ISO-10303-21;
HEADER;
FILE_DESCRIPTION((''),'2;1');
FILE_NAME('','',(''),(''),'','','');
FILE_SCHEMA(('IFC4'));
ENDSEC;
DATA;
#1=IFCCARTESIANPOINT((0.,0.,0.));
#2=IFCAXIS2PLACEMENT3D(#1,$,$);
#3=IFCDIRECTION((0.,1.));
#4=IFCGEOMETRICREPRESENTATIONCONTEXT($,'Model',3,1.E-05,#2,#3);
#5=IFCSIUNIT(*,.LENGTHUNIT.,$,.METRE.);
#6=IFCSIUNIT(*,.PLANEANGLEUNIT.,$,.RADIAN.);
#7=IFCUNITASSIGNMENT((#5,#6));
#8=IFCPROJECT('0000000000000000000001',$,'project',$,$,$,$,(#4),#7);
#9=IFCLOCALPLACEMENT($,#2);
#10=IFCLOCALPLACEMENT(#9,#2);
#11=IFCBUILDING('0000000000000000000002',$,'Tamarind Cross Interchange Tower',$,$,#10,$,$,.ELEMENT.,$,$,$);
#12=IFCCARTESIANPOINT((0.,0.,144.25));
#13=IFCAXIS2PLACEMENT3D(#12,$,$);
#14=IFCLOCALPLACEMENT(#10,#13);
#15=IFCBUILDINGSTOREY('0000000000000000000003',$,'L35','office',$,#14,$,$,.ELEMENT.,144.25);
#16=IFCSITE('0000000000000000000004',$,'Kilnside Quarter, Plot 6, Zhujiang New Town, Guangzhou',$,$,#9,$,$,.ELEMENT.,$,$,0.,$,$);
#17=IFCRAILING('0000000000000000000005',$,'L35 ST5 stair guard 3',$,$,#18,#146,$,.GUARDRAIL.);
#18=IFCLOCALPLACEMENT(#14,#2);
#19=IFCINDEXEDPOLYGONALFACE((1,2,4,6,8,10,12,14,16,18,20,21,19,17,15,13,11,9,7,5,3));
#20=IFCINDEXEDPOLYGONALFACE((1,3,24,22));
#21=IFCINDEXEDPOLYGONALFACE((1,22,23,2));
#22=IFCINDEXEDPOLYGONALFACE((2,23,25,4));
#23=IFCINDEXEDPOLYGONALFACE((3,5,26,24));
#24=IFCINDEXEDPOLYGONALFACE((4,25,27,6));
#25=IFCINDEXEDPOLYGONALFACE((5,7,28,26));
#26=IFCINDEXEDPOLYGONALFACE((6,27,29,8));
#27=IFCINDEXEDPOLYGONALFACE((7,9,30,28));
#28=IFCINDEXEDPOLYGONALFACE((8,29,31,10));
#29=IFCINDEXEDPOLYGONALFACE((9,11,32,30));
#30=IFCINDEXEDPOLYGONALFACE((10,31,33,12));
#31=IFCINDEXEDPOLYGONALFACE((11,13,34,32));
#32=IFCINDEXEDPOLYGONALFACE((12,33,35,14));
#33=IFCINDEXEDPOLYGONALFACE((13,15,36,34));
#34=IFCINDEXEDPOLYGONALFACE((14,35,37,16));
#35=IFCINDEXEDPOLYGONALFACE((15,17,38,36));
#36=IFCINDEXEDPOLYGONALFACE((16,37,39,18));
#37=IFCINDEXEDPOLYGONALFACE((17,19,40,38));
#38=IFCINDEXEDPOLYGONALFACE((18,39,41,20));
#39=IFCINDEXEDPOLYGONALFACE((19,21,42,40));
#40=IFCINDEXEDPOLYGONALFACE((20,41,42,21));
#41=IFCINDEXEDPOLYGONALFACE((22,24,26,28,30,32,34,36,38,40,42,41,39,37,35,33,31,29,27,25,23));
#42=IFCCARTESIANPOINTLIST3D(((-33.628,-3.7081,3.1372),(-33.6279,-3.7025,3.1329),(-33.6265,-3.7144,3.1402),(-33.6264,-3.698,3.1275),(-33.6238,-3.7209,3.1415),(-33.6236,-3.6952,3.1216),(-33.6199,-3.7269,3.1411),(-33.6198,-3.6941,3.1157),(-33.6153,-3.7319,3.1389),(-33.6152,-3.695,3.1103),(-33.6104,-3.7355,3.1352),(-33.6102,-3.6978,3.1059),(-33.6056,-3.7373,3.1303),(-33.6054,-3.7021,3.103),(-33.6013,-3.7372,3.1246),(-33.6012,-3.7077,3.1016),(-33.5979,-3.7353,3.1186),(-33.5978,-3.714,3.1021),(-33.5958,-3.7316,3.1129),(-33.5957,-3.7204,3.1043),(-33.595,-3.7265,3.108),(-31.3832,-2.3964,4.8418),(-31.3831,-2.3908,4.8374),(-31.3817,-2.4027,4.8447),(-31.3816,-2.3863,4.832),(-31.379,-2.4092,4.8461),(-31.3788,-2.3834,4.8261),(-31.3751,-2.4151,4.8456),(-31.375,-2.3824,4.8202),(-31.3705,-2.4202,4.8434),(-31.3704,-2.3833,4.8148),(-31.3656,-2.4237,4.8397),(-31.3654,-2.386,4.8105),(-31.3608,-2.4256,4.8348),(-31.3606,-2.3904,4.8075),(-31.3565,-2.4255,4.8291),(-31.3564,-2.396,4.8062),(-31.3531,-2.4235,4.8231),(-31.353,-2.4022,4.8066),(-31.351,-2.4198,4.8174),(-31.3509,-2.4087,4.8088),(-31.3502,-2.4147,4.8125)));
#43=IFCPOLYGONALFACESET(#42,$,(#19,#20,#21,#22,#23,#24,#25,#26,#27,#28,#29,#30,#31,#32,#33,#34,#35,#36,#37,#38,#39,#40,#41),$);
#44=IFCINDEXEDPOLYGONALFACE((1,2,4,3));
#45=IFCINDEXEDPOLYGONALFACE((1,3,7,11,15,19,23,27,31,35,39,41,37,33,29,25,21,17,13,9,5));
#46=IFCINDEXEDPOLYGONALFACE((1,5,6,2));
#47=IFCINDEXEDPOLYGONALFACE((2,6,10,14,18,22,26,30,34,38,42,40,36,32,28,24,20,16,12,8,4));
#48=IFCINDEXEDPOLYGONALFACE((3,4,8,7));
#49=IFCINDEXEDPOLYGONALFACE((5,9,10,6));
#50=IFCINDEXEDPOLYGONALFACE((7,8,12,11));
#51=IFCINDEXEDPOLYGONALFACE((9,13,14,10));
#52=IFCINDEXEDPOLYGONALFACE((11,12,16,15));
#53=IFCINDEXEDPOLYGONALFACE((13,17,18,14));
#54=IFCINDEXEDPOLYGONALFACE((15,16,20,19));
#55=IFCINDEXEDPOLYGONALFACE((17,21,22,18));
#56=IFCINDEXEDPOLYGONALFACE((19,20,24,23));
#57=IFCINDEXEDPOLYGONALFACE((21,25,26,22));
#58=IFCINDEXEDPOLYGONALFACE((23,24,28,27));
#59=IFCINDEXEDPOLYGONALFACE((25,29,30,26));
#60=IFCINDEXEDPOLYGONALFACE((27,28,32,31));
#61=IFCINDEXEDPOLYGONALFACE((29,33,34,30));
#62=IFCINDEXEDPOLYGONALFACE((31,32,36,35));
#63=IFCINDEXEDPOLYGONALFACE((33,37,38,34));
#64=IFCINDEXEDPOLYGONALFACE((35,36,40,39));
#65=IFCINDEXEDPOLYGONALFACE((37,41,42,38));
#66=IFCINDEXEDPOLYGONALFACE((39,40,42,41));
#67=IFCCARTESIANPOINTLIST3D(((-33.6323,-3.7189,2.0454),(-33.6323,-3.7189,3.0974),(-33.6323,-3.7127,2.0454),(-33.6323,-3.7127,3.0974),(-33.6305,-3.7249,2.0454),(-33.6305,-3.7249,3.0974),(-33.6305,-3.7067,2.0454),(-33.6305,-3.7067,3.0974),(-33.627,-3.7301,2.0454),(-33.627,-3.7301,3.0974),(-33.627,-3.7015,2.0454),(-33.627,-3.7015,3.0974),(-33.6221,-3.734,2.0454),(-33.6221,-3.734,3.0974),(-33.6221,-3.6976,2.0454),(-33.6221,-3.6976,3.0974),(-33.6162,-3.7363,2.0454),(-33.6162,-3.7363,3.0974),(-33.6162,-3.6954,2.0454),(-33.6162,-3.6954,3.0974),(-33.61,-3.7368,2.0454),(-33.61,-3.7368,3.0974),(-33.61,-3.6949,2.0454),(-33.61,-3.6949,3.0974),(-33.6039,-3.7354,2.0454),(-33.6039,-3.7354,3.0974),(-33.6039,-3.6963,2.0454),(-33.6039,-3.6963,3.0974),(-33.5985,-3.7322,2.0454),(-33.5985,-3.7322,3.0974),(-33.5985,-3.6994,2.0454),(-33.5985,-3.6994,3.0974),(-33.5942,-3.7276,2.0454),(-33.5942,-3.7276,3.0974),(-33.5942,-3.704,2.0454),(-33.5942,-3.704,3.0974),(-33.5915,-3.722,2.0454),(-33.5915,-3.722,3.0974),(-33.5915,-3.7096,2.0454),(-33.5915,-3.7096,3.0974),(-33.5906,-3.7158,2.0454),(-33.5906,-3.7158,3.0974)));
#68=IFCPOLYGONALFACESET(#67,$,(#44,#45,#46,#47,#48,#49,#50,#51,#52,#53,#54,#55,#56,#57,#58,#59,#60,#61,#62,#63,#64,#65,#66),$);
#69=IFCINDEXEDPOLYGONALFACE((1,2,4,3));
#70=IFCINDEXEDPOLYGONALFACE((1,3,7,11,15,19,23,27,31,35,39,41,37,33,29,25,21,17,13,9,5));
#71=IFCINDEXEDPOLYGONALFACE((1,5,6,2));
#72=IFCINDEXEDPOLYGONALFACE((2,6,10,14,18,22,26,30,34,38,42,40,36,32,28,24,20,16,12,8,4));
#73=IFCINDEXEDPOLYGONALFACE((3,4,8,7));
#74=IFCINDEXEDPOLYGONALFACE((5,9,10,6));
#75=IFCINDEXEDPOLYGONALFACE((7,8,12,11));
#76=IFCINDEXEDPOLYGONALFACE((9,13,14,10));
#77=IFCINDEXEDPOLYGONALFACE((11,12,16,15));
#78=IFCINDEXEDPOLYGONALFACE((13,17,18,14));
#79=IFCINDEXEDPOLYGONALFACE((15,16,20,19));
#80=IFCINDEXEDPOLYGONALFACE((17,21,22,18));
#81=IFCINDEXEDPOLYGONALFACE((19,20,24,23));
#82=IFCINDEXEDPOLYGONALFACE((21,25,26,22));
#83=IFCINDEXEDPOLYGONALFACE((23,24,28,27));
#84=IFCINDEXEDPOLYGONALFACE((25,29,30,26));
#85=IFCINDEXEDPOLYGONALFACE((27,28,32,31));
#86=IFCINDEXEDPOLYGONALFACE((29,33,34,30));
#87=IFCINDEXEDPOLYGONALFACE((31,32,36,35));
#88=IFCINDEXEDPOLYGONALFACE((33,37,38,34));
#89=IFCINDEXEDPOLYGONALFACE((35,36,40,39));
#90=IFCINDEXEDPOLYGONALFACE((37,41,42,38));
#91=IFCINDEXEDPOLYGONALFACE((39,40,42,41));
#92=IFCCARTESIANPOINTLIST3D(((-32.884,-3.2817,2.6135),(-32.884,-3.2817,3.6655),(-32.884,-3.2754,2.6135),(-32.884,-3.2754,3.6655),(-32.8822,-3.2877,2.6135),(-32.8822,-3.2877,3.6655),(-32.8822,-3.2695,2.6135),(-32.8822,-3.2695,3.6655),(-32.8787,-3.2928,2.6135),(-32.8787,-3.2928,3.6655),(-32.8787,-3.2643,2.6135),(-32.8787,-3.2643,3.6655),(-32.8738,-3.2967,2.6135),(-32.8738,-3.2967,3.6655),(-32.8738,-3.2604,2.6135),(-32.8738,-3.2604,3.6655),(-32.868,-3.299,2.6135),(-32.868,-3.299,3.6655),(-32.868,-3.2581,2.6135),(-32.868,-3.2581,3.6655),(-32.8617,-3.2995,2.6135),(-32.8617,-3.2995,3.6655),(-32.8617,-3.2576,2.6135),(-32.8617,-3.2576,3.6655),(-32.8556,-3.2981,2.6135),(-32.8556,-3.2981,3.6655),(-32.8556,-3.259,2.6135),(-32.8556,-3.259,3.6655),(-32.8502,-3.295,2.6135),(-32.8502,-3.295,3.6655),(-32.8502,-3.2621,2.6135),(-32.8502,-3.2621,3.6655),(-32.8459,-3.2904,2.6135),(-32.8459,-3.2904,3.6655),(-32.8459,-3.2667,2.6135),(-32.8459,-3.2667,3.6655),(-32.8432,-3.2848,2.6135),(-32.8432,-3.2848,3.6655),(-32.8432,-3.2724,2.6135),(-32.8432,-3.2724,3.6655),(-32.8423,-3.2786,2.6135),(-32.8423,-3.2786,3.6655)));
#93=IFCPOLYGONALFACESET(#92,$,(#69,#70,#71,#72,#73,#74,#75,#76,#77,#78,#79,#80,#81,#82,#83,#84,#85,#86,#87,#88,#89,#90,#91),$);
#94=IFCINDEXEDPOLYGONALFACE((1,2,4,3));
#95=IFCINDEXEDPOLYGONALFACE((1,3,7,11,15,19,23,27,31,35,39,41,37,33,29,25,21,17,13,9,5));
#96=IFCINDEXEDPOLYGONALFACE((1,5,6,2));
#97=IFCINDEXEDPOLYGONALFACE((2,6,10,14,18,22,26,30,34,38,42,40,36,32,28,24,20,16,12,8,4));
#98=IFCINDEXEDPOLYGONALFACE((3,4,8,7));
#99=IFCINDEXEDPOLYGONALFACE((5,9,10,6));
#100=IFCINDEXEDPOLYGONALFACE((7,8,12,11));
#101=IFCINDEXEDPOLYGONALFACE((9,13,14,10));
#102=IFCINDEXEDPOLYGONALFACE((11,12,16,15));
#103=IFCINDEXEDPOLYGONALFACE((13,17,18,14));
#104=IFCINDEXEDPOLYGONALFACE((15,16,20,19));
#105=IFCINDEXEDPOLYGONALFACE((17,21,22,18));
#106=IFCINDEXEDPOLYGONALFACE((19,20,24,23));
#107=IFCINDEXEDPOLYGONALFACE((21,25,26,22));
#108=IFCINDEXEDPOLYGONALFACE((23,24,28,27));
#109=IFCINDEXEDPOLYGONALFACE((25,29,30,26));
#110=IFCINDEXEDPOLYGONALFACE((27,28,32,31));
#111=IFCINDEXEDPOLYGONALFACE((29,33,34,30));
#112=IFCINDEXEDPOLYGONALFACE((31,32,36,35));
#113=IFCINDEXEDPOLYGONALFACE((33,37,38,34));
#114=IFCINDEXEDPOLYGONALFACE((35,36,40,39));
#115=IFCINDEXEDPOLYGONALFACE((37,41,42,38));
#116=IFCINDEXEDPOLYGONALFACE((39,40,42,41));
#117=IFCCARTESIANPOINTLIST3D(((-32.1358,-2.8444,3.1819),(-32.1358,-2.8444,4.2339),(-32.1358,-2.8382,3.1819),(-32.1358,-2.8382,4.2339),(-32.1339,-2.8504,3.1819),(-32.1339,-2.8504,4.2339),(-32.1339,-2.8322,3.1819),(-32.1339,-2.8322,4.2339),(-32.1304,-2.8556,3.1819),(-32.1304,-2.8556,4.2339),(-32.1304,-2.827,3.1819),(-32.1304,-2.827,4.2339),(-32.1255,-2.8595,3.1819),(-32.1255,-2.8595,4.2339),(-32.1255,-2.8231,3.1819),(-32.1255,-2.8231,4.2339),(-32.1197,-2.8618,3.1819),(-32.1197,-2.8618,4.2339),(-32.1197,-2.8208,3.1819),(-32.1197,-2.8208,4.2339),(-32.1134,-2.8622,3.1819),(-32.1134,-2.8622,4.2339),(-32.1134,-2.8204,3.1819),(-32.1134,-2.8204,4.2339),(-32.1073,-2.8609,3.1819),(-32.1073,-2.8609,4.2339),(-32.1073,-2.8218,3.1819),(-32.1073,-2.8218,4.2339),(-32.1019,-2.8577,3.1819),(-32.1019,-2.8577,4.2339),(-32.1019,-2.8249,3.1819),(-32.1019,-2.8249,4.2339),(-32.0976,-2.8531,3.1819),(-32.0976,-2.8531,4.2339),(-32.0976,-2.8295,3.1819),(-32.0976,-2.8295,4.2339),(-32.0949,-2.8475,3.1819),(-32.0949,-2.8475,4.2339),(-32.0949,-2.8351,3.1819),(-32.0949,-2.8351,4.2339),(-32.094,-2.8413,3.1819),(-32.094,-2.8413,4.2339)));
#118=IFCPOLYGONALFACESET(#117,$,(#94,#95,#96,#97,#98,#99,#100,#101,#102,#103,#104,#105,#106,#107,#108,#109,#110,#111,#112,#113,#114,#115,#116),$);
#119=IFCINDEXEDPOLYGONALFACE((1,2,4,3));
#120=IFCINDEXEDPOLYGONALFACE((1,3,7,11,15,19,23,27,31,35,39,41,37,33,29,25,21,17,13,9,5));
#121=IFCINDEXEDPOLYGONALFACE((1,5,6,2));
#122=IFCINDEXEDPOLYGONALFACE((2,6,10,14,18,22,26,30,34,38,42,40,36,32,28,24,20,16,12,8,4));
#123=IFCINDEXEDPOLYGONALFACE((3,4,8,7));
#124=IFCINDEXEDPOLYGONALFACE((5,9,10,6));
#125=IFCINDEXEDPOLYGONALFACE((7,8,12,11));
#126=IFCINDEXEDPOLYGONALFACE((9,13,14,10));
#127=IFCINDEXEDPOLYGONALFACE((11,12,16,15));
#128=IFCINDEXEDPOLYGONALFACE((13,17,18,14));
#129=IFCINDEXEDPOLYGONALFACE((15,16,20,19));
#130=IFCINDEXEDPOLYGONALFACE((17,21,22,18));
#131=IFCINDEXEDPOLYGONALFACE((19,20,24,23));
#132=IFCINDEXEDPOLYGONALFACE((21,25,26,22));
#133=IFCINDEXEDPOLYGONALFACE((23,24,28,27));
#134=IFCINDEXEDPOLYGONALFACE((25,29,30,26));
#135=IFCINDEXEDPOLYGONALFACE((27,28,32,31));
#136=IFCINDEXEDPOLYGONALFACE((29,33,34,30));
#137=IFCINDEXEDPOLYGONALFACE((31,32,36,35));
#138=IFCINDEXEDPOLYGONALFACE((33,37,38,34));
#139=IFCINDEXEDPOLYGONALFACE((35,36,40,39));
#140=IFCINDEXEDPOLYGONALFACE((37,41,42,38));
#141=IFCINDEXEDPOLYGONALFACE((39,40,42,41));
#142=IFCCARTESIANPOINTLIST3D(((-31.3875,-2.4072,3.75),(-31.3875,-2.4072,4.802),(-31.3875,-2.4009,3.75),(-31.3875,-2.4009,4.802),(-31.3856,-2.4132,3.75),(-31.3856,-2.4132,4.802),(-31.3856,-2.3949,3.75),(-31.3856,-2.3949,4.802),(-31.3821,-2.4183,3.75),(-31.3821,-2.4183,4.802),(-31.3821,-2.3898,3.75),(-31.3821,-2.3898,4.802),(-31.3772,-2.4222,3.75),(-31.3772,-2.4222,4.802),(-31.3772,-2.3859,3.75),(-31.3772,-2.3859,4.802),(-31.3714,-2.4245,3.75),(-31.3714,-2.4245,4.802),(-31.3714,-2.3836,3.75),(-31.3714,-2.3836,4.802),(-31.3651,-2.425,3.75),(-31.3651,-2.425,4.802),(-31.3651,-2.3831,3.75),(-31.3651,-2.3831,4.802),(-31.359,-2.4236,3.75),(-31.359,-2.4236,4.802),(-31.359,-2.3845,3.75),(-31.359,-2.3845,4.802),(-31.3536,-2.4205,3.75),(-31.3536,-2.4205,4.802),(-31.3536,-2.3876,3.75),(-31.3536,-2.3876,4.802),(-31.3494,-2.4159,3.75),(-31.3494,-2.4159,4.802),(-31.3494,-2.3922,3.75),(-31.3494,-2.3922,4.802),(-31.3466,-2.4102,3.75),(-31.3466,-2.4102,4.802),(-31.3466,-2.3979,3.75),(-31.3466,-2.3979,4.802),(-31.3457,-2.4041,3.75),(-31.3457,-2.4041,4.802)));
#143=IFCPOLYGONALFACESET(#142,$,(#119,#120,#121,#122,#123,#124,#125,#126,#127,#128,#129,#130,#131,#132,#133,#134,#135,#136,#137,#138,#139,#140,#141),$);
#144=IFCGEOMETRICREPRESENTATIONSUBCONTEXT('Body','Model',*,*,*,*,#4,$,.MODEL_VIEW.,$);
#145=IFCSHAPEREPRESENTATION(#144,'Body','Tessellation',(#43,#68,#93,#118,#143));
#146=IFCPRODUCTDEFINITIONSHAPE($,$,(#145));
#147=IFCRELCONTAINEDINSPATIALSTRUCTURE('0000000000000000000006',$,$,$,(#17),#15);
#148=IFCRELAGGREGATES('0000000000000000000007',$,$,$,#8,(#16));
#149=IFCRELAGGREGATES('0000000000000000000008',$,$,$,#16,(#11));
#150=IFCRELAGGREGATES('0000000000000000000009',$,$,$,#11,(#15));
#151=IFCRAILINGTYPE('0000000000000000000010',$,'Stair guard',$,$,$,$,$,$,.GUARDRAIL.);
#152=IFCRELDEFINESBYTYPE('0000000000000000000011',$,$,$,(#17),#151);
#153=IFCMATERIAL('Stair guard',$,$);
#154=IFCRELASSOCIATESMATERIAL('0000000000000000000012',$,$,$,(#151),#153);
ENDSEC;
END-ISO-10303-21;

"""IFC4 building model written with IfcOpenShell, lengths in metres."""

from ifc_helpers import new_model, si_unit, direction, frame, origin, origin_2d, place, context, subcontext, project, spatial, circle, extrude, material, type_object, element, save


model = new_model("IFC4")

# Units and contexts
model_context = context("Model", 3, precision=1e-05, world=origin(), true_north=direction((0.0, 1.0)))
body_context = subcontext(model_context, "Body", "Model", "MODEL_VIEW")
ifc_project = project(units=[si_unit("LENGTHUNIT", "METRE"), si_unit("PLANEANGLEUNIT", "RADIAN")], contexts=[model_context])

# Site, building, storey
site_placement = place(None, origin())
site = spatial("IfcSite", under=ifc_project, at=site_placement, Name="Kilnside Quarter, Plot 6, Zhujiang New Town, Guangzhou", CompositionType="ELEMENT", RefElevation=0.0)
building_placement = place(site_placement, origin())
building = spatial("IfcBuilding", under=site, at=building_placement, Name="Tamarind Cross Interchange Tower", CompositionType="ELEMENT")
storey_placement = place(building_placement, frame((0.0, 0.0, 144.25)))
storey = spatial("IfcBuildingStorey", under=building, at=storey_placement, Name="L35", Description="office", CompositionType="ELEMENT", Elevation=144.25)

# Railing
ifc_material_1 = material(Name="Stair guard")
railing_type_1 = type_object("IfcRailingType", Name="Stair guard", PredefinedType="GUARDRAIL", material=ifc_material_1)
railing_1_placement = place(storey_placement, frame((-33.6116, -3.7158, 2.0454)))
element("IfcRailing", 1, at=railing_1_placement, inside=storey, type_object=railing_type_1, Name="L35 ST5 stair guard 3", PredefinedType="GUARDRAIL", context=body_context, shape_type="SweptSolid", body=[
    extrude(circle(Radius=0.0239, at=origin_2d()), frame((0.0, 0.0, 1.0762), z_axis=(0.722059, 0.421927, 0.548278), x_axis=(-0.504519, 0.863401, 0.0)), (0.0, 0.0, 1.0), 3.1089),
    extrude(circle(Radius=0.021, at=origin_2d()), origin(), (0.0, 0.0, 1.0), 1.052),
    extrude(circle(Radius=0.021, at=origin_2d()), frame((0.7483, 0.4373, 0.5681)), (0.0, 0.0, 1.0), 1.052),
    extrude(circle(Radius=0.021, at=origin_2d()), frame((1.4966, 0.8745, 1.1365)), (0.0, 0.0, 1.0), 1.052),
    extrude(circle(Radius=0.021, at=origin_2d()), frame((2.2449, 1.3118, 1.7046)), (0.0, 0.0, 1.0), 1.052),
])

save(model, "model.ifc")
